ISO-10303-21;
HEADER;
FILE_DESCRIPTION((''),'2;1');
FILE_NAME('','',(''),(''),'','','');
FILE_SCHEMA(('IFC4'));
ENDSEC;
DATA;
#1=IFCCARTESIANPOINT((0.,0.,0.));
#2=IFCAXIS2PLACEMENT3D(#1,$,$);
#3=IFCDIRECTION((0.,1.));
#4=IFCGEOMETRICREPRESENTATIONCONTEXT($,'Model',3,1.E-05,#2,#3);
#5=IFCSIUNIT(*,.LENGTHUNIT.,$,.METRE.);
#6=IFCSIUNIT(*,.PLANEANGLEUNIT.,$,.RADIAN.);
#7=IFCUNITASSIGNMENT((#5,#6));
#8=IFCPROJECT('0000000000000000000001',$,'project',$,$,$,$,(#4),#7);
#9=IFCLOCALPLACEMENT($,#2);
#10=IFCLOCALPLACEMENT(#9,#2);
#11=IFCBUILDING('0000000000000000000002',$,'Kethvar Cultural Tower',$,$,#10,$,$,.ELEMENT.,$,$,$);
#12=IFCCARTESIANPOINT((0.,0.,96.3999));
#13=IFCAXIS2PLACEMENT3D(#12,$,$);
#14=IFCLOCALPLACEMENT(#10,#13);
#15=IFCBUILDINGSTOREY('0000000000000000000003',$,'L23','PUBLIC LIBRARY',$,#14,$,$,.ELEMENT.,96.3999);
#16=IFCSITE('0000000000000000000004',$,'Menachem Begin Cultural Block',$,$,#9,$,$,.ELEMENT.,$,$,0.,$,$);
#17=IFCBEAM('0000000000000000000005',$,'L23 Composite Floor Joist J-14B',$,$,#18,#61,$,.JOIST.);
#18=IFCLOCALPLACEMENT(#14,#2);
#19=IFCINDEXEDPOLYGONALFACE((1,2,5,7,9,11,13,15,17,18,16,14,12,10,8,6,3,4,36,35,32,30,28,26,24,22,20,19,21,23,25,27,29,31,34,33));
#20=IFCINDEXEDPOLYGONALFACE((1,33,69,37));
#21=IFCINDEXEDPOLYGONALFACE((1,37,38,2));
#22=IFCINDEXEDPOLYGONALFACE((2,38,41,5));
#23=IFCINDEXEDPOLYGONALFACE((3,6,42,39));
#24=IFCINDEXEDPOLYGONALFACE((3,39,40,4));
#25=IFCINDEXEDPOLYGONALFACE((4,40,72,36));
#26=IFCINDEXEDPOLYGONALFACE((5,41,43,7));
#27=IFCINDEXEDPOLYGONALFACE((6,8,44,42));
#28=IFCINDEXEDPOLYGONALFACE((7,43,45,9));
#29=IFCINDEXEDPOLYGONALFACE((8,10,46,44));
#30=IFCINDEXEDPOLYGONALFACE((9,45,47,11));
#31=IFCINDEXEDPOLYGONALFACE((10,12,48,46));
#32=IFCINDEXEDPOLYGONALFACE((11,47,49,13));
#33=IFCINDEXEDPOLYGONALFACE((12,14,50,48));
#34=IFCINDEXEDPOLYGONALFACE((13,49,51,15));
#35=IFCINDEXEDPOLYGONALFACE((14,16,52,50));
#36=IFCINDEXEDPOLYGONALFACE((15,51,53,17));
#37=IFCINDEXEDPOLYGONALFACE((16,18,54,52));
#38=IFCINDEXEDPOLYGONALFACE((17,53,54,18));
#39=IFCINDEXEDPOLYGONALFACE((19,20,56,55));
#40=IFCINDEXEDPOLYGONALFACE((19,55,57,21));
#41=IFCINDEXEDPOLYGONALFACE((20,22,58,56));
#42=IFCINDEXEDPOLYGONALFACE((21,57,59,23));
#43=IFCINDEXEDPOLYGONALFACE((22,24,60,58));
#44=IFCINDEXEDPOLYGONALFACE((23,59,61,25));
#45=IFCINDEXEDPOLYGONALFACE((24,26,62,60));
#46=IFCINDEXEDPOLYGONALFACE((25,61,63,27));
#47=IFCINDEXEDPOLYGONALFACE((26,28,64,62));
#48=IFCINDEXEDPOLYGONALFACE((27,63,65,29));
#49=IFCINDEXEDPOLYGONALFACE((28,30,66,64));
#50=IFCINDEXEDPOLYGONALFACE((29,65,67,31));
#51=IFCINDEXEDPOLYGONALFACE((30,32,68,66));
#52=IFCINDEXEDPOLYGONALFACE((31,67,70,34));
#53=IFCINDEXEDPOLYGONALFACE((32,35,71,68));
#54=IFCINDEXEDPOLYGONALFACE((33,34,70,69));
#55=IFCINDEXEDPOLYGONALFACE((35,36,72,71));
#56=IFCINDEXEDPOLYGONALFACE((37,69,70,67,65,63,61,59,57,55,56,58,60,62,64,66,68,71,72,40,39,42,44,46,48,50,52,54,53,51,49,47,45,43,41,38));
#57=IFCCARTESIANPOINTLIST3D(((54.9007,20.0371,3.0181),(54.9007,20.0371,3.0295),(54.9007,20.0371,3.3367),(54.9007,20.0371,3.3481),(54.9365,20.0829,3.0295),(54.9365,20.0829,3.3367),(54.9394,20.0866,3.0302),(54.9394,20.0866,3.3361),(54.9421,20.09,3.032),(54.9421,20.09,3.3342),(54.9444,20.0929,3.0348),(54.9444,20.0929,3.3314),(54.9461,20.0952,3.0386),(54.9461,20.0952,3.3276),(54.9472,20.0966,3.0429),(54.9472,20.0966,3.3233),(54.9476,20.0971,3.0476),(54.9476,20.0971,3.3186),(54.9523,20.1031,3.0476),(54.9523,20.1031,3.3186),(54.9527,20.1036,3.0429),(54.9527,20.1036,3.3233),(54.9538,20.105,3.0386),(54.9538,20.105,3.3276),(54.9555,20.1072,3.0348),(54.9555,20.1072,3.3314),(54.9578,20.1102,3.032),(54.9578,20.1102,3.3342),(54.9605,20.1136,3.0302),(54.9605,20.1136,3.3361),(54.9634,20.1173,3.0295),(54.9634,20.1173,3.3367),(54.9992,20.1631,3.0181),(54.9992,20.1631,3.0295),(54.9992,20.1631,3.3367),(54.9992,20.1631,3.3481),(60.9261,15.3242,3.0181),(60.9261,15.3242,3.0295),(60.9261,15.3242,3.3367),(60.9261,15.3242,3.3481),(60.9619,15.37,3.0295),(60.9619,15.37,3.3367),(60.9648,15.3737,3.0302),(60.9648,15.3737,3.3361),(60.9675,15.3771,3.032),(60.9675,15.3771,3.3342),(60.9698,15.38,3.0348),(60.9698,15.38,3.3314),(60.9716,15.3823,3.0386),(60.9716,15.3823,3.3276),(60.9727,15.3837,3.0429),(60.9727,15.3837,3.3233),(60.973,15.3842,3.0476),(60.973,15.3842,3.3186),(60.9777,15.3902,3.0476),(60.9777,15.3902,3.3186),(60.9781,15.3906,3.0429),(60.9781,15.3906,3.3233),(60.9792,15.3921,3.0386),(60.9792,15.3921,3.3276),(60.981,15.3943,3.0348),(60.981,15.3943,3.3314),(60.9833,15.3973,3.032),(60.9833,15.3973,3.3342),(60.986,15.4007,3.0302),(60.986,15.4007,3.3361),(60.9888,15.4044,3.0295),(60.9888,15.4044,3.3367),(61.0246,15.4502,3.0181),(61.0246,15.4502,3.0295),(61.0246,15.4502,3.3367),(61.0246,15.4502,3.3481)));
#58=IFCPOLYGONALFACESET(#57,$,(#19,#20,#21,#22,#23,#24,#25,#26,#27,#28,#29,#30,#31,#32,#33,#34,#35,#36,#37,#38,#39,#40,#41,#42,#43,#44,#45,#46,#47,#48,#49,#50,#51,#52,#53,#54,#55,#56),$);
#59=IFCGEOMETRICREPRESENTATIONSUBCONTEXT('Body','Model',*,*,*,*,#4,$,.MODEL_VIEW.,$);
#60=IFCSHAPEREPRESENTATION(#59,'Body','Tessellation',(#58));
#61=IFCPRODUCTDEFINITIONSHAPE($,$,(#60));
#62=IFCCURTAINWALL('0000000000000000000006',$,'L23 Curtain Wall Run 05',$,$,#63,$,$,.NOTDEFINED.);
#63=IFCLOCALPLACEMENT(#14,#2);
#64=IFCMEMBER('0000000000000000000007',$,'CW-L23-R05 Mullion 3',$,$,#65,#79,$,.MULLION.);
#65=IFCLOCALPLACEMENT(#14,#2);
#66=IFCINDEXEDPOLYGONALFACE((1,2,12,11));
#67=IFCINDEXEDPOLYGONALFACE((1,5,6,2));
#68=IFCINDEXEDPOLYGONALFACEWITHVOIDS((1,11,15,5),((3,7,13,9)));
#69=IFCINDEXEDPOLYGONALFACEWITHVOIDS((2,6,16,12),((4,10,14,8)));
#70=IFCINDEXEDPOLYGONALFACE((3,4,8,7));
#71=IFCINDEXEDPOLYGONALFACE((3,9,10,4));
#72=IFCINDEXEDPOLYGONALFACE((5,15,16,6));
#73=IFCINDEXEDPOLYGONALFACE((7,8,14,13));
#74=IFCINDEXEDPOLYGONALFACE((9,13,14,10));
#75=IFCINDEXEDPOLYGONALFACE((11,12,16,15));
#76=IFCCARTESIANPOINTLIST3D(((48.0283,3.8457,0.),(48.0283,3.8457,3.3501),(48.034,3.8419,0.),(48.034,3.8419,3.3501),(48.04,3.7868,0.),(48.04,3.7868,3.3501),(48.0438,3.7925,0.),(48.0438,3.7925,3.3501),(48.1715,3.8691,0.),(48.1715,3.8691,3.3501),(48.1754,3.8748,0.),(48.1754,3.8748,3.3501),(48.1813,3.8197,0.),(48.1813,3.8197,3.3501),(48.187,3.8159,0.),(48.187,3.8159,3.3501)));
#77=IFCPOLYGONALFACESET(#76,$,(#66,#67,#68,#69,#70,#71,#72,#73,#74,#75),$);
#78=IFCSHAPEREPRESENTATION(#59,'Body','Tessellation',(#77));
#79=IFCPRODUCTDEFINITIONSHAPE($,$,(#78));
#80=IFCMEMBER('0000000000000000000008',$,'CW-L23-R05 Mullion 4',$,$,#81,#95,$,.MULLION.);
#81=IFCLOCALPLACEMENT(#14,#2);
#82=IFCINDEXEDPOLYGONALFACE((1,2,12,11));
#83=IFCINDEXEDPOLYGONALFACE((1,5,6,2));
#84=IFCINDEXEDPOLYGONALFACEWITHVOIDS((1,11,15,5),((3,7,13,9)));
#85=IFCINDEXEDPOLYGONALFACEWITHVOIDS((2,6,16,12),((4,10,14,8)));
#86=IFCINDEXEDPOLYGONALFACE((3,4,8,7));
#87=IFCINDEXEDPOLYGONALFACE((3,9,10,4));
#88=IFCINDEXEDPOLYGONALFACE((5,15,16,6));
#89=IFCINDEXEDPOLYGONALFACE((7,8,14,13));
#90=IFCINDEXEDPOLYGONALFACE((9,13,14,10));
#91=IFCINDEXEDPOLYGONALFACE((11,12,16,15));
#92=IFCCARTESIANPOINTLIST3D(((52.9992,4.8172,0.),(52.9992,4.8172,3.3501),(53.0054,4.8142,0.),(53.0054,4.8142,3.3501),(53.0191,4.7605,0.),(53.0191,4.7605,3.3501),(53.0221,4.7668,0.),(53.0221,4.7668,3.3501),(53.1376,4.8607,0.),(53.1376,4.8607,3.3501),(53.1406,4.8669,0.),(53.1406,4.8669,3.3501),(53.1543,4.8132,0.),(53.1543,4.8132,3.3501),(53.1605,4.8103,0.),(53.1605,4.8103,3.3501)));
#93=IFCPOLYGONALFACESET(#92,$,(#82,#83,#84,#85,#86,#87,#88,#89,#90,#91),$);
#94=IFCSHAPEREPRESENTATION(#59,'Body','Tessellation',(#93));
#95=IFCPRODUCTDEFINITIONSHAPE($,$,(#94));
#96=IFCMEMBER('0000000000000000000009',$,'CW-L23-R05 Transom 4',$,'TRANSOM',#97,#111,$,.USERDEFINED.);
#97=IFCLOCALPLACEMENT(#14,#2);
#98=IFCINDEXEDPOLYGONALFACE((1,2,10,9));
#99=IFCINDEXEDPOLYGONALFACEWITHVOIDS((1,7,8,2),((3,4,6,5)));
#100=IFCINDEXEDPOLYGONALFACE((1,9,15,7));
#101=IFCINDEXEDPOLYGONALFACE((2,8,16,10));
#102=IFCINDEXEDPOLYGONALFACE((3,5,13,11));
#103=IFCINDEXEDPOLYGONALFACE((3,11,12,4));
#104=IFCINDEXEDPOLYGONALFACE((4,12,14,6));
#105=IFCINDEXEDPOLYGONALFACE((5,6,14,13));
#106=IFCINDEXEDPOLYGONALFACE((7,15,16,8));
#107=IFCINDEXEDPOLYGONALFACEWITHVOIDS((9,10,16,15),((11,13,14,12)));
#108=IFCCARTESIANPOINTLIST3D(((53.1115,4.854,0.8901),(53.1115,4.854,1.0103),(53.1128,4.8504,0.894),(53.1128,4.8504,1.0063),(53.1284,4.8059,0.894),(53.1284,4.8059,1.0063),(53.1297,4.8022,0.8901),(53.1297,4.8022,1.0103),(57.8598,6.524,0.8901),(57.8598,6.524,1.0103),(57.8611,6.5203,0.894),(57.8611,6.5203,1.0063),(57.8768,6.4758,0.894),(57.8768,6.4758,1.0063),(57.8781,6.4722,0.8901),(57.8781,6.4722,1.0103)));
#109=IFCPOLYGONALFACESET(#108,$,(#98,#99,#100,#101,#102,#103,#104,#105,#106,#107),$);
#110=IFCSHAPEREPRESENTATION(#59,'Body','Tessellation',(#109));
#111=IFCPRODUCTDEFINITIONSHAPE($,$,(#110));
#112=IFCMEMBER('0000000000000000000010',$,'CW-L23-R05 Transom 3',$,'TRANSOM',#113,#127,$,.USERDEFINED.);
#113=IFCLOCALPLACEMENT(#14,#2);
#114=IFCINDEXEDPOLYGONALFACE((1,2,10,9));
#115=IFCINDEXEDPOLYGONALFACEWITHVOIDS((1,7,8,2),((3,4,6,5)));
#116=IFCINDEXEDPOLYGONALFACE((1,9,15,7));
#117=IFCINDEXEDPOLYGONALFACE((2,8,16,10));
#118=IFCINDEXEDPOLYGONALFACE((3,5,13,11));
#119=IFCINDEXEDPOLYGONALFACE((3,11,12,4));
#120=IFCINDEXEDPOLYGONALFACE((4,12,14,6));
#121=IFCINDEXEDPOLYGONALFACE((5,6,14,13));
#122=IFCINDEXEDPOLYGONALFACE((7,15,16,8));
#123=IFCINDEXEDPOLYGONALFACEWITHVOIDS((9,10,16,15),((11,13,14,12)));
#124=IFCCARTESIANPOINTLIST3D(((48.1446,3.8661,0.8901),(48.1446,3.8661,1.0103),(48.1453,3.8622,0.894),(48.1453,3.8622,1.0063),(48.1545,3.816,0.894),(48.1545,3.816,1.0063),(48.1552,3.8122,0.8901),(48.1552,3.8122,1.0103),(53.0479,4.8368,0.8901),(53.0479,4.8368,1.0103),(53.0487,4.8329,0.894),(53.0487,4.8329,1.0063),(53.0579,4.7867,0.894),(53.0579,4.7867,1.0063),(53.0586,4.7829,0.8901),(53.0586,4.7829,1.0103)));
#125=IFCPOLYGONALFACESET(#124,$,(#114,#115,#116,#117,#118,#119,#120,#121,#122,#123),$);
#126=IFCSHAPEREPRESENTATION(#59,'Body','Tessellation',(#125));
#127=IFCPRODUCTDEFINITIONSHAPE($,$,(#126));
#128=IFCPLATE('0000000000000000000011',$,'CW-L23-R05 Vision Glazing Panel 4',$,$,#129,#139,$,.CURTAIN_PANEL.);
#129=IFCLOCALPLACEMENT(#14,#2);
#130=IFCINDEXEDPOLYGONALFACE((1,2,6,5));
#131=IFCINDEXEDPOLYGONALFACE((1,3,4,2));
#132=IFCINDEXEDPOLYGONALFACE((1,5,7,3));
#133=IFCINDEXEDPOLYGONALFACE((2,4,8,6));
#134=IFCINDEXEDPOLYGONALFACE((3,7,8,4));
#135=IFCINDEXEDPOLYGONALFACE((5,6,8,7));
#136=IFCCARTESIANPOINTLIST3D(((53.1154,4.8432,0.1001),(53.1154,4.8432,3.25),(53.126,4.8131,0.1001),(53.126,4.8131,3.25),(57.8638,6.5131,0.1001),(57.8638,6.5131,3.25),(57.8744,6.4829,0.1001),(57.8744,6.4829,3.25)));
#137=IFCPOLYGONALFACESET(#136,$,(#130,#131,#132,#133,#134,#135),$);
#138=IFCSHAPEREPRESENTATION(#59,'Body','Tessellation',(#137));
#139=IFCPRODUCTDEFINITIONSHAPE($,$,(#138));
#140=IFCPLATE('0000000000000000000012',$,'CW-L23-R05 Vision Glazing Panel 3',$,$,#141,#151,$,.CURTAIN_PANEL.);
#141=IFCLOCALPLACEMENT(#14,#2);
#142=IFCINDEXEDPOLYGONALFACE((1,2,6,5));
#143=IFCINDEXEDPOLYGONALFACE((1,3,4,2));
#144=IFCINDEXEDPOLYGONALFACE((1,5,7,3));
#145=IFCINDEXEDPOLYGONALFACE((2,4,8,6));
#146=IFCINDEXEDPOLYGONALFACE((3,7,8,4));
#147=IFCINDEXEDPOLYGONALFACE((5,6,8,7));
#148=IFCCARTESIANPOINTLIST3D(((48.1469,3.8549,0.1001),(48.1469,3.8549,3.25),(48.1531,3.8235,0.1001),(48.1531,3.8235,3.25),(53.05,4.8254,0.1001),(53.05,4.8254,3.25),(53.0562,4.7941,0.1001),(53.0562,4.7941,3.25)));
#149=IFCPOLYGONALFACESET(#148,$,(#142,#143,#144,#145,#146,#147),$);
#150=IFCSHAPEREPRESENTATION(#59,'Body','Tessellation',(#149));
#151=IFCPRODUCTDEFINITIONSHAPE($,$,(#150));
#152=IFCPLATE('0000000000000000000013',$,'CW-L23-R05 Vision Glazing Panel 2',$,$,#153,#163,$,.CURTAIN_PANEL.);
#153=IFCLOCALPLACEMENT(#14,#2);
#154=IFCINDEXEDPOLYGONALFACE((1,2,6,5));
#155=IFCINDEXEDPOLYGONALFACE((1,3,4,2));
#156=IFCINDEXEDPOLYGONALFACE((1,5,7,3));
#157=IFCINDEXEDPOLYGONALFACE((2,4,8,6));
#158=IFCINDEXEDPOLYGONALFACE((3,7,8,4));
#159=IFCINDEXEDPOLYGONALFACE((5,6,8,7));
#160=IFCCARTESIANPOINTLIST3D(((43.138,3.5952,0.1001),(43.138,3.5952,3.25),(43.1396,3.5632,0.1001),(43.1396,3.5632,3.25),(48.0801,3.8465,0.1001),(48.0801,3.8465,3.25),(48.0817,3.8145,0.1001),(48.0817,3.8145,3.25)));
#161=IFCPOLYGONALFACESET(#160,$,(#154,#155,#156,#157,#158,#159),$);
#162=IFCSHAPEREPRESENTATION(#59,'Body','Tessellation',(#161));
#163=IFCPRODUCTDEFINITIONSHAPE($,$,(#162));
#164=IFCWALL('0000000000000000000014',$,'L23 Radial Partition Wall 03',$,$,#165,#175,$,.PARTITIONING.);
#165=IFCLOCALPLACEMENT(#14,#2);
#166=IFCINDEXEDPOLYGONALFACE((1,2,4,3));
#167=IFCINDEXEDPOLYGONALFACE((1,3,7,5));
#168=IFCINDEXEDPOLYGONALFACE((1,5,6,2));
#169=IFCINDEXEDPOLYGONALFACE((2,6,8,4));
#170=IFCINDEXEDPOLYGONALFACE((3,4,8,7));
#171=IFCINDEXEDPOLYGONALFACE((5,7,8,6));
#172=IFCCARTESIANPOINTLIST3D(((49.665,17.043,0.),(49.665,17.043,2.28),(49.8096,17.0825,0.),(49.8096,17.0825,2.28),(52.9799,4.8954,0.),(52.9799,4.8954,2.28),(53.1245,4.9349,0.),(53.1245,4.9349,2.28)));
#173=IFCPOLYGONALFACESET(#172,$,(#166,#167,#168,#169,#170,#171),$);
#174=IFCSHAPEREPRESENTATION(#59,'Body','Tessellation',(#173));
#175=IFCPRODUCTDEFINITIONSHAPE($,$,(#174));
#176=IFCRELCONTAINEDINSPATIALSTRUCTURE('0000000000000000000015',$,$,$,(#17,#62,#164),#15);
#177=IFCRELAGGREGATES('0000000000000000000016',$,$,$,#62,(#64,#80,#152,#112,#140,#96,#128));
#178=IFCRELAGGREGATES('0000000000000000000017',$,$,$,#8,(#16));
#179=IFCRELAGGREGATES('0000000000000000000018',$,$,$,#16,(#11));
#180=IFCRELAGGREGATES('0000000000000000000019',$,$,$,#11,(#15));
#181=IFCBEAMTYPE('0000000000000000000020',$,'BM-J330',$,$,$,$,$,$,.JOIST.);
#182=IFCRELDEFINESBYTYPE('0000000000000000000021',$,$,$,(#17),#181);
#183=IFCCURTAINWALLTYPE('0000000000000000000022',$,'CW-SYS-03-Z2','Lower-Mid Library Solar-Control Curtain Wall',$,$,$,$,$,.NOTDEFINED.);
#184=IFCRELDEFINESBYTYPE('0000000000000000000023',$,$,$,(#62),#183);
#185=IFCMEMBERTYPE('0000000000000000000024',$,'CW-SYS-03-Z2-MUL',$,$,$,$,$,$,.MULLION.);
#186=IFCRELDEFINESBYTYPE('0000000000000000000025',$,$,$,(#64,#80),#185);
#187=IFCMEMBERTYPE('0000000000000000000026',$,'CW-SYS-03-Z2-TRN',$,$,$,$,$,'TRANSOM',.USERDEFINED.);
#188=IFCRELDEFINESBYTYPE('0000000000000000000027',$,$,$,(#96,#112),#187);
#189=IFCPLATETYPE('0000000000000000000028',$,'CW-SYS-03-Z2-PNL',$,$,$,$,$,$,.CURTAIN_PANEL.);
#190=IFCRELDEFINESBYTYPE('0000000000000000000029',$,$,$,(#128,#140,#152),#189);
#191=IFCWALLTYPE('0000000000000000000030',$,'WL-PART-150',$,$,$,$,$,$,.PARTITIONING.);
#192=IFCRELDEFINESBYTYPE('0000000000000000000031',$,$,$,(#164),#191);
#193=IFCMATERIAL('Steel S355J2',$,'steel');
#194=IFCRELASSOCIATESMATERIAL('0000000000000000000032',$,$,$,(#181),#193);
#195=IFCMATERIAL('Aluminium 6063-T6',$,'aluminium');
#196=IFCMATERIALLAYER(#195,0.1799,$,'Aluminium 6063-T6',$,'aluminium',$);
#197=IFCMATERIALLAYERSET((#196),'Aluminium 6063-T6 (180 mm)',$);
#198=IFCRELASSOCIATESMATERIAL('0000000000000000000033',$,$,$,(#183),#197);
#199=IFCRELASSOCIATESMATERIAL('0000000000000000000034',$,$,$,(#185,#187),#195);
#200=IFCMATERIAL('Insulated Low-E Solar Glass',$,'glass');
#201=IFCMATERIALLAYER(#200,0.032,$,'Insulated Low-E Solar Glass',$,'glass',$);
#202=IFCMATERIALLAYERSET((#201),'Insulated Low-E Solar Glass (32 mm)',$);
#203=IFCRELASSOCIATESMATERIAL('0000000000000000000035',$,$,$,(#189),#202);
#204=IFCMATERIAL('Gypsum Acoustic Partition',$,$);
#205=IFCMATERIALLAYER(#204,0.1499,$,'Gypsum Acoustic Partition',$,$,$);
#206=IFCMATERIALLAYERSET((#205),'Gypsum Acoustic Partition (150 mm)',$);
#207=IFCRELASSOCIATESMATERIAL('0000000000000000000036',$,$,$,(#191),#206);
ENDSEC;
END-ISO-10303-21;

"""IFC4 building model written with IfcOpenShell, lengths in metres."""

from ifc_helpers import new_model, si_unit, direction, frame, frame_2d, origin, origin_2d, place, context, subcontext, project, spatial, rectangle, hollow_rectangle, i_section, extrude, source, transform, mapped, material, layer, layer_set, material_profile, profile_set, type_object, element, aggregate, save


model = new_model("IFC4")

# Units and contexts
model_context = context("Model", 3, precision=1e-05, world=origin(), true_north=direction((0.0, 1.0)))
body_context = subcontext(model_context, "Body", "Model", "MODEL_VIEW")
ifc_project = project(units=[si_unit("LENGTHUNIT", "METRE"), si_unit("PLANEANGLEUNIT", "RADIAN")], contexts=[model_context])

# Site, building, storey
site_placement = place(None, origin())
site = spatial("IfcSite", under=ifc_project, at=site_placement, Name="Menachem Begin Cultural Block", CompositionType="ELEMENT", RefElevation=0.0)
building_placement = place(site_placement, origin())
building = spatial("IfcBuilding", under=site, at=building_placement, Name="Kethvar Cultural Tower", CompositionType="ELEMENT")
storey_placement = place(building_placement, frame((0.0, 0.0, 96.3999)))
storey = spatial("IfcBuildingStorey", under=building, at=storey_placement, Name="L23", Description="PUBLIC LIBRARY", CompositionType="ELEMENT", Elevation=96.3999)

# Beam
ifc_material_1 = material(Name="Steel S355J2", Category="steel")
ifc_material_profile_1 = material_profile(ifc_material_1, i_section(OverallWidth=0.1599, OverallDepth=0.3301, WebThickness=0.0076, FlangeThickness=0.0115, FilletRadius=0.0181, at=origin_2d()), Name="Steel S355J2 — IPE330")
ifc_profile_set_1 = profile_set([ifc_material_profile_1], Name="Steel S355J2 — IPE330")
beam_type_1 = type_object("IfcBeamType", Name="BM-J330", PredefinedType="JOIST", material=ifc_profile_set_1)
shared_shape_1 = source(origin(), body_context, "Body", "SweptSolid", [
    extrude(i_section(OverallWidth=0.1599, OverallDepth=0.3301, WebThickness=0.0076, FlangeThickness=0.0115, FilletRadius=0.0181, at=origin_2d()), origin(), (0.0, 0.0, 1.0), 7.6497),
])
beam_1_placement = place(storey_placement, frame((54.95, 20.1001, 3.1831), z_axis=(0.787672, -0.616095, 0.0), x_axis=(0.616095, 0.787672, 0.0)))
element("IfcBeam", 1, at=beam_1_placement, inside=storey, type_object=beam_type_1, Name="L23 Composite Floor Joist J-14B", PredefinedType="JOIST", context=body_context, shape_type="MappedRepresentation", body=[
    mapped(shared_shape_1, transform((0.0, 0.0, 0.0), scale=1.0)),
])

# Curtain wall, members, plates
ifc_material_2 = material(Name="Aluminium 6063-T6", Category="aluminium")
ifc_layer_1 = layer(ifc_material_2, 0.1799, Name="Aluminium 6063-T6", Category="aluminium")
ifc_layer_set_1 = layer_set([ifc_layer_1], Name="Aluminium 6063-T6 (180 mm)")
curtain_wall_type = type_object("IfcCurtainWallType", Name="CW-SYS-03-Z2", Description="Lower-Mid Library Solar-Control Curtain Wall", PredefinedType="NOTDEFINED", material=ifc_layer_set_1)
curtain_wall_placement = place(storey_placement, origin())
curtain_wall = element("IfcCurtainWall", 2, at=curtain_wall_placement, inside=storey, type_object=curtain_wall_type, Name="L23 Curtain Wall Run 05", PredefinedType="NOTDEFINED")
ifc_material_profile_2 = material_profile(ifc_material_2, hollow_rectangle(XDim=0.0601, YDim=0.1499, WallThickness=0.0049, at=origin_2d()), Name="Aluminium 6063-T6 — RHS150x60x5")
ifc_profile_set_2 = profile_set([ifc_material_profile_2], Name="Aluminium 6063-T6 — RHS150x60x5")
member_type_1 = type_object("IfcMemberType", Name="CW-SYS-03-Z2-MUL", PredefinedType="MULLION", material=ifc_profile_set_2)
shared_shape_2 = source(origin(), body_context, "Body", "SweptSolid", [
    extrude(hollow_rectangle(XDim=0.0601, YDim=0.1499, WallThickness=0.0049, at=origin_2d()), origin(), (0.0, 0.0, 1.0), 3.3501),
])
member_1_placement = place(storey_placement, frame((48.1077, 3.8308, 0.0), z_axis=(0.0, 0.0, 1.0), x_axis=(-0.194183, 0.980965, 0.0)))
member_1 = element("IfcMember", 3, at=member_1_placement, type_object=member_type_1, Name="CW-L23-R05 Mullion 3", PredefinedType="MULLION", context=body_context, shape_type="MappedRepresentation", body=[
    mapped(shared_shape_2, transform((0.0, 0.0, 0.0), scale=1.0)),
])
member_2_placement = place(storey_placement, frame((53.0798, 4.8137, 0.0), z_axis=(0.0, 0.0, 1.0), x_axis=(-0.33175, 0.943368, 0.0)))
member_2 = element("IfcMember", 4, at=member_2_placement, type_object=member_type_1, Name="CW-L23-R05 Mullion 4", PredefinedType="MULLION", context=body_context, shape_type="MappedRepresentation", body=[
    mapped(shared_shape_2, transform((0.0, 0.0, 0.0), scale=1.0)),
])
ifc_material_profile_3 = material_profile(ifc_material_2, hollow_rectangle(XDim=0.0549, YDim=0.1201, WallThickness=0.0039, at=origin_2d()), Name="Aluminium 6063-T6 — RHS120x55x4")
ifc_profile_set_3 = profile_set([ifc_material_profile_3], Name="Aluminium 6063-T6 — RHS120x55x4")
member_type_2 = type_object("IfcMemberType", Name="CW-SYS-03-Z2-TRN", ElementType="TRANSOM", PredefinedType="USERDEFINED", material=ifc_profile_set_3)
shared_shape_3 = source(origin(), body_context, "Body", "SweptSolid", [
    extrude(hollow_rectangle(XDim=0.0549, YDim=0.1201, WallThickness=0.0039, at=origin_2d()), origin(), (0.0, 0.0, 1.0), 5.0334),
])
member_3_placement = place(storey_placement, frame((53.1206, 4.8281, 0.9502), z_axis=(0.94336, 0.33177, 0.0), x_axis=(-0.33177, 0.94336, 0.0)))
member_3 = element("IfcMember", 5, at=member_3_placement, type_object=member_type_2, Name="CW-L23-R05 Transom 4", ObjectType="TRANSOM", PredefinedType="USERDEFINED", context=body_context, shape_type="MappedRepresentation", body=[
    mapped(shared_shape_3, transform((0.0, 0.0, 0.0), scale=1.0)),
])
shared_shape_4 = source(origin(), body_context, "Body", "SweptSolid", [
    extrude(hollow_rectangle(XDim=0.0549, YDim=0.1201, WallThickness=0.0039, at=origin_2d()), origin(), (0.0, 0.0, 1.0), 4.9985),
])
member_4_placement = place(storey_placement, frame((48.1499, 3.8391, 0.9502), z_axis=(0.980962, 0.1942, 0.0), x_axis=(-0.1942, 0.980962, 0.0)))
member_4 = element("IfcMember", 6, at=member_4_placement, type_object=member_type_2, Name="CW-L23-R05 Transom 3", ObjectType="TRANSOM", PredefinedType="USERDEFINED", context=body_context, shape_type="MappedRepresentation", body=[
    mapped(shared_shape_4, transform((0.0, 0.0, 0.0), scale=1.0)),
])
ifc_material_3 = material(Name="Insulated Low-E Solar Glass", Category="glass")
ifc_layer_2 = layer(ifc_material_3, 0.032, Name="Insulated Low-E Solar Glass", Category="glass")
ifc_layer_set_2 = layer_set([ifc_layer_2], Name="Insulated Low-E Solar Glass (32 mm)")
plate_type = type_object("IfcPlateType", Name="CW-SYS-03-Z2-PNL", PredefinedType="CURTAIN_PANEL", material=ifc_layer_set_2)
shared_shape_5 = source(origin(), body_context, "Body", "SweptSolid", [
    extrude(rectangle(XDim=5.0334, YDim=0.032, at=origin_2d()), origin(), (0.0, 0.0, 1.0), 3.1499),
])
plate_1_placement = place(storey_placement, frame((55.4949, 5.6631, 0.1001), z_axis=(0.0, 0.0, 1.0), x_axis=(0.943368, 0.33175, 0.0)))
plate_1 = element("IfcPlate", 7, at=plate_1_placement, type_object=plate_type, Name="CW-L23-R05 Vision Glazing Panel 4", PredefinedType="CURTAIN_PANEL", context=body_context, shape_type="MappedRepresentation", body=[
    mapped(shared_shape_5, transform((0.0, 0.0, 0.0), scale=1.0)),
])
shared_shape_6 = source(origin(), body_context, "Body", "SweptSolid", [
    extrude(rectangle(XDim=4.9983, YDim=0.032, at=origin_2d()), origin(), (0.0, 0.0, 1.0), 3.1499),
])
plate_2_placement = place(storey_placement, frame((50.6016, 4.3245, 0.1001), z_axis=(0.0, 0.0, 1.0), x_axis=(0.980965, 0.194183, 0.0)))
plate_2 = element("IfcPlate", 8, at=plate_2_placement, type_object=plate_type, Name="CW-L23-R05 Vision Glazing Panel 3", PredefinedType="CURTAIN_PANEL", context=body_context, shape_type="MappedRepresentation", body=[
    mapped(shared_shape_6, transform((0.0, 0.0, 0.0), scale=1.0)),
])
shared_shape_7 = source(origin(), body_context, "Body", "SweptSolid", [
    extrude(rectangle(XDim=4.9485, YDim=0.032, at=origin_2d()), origin(), (0.0, 0.0, 1.0), 3.1499),
])
plate_3_placement = place(storey_placement, frame((45.6099, 3.7048, 0.1001), z_axis=(0.0, 0.0, 1.0), x_axis=(0.99871, 0.050785, 0.0)))
plate_3 = element("IfcPlate", 9, at=plate_3_placement, type_object=plate_type, Name="CW-L23-R05 Vision Glazing Panel 2", PredefinedType="CURTAIN_PANEL", context=body_context, shape_type="MappedRepresentation", body=[
    mapped(shared_shape_7, transform((0.0, 0.0, 0.0), scale=1.0)),
])
aggregate(curtain_wall, [member_1, member_2, plate_3, member_4, plate_2, member_3, plate_1])

# Wall
ifc_material_4 = material(Name="Gypsum Acoustic Partition")
ifc_layer_3 = layer(ifc_material_4, 0.1499, Name="Gypsum Acoustic Partition")
ifc_layer_set_3 = layer_set([ifc_layer_3], Name="Gypsum Acoustic Partition (150 mm)")
wall_type_1 = type_object("IfcWallType", Name="WL-PART-150", PredefinedType="PARTITIONING", material=ifc_layer_set_3)
wall_1_placement = place(storey_placement, frame((49.7373, 17.0627, 0.0), z_axis=(0.0, 0.0, 1.0), x_axis=(0.26326, -0.964725, 0.0)))
element("IfcWall", 10, at=wall_1_placement, inside=storey, type_object=wall_type_1, Name="L23 Radial Partition Wall 03", PredefinedType="PARTITIONING", context=body_context, shape_type="SweptSolid", body=[
    extrude(rectangle(XDim=12.5918, YDim=0.1499, at=frame_2d((6.2959, 0.0))), origin(), (0.0, 0.0, 1.0), 2.28),
])

save(model, "model.ifc")
